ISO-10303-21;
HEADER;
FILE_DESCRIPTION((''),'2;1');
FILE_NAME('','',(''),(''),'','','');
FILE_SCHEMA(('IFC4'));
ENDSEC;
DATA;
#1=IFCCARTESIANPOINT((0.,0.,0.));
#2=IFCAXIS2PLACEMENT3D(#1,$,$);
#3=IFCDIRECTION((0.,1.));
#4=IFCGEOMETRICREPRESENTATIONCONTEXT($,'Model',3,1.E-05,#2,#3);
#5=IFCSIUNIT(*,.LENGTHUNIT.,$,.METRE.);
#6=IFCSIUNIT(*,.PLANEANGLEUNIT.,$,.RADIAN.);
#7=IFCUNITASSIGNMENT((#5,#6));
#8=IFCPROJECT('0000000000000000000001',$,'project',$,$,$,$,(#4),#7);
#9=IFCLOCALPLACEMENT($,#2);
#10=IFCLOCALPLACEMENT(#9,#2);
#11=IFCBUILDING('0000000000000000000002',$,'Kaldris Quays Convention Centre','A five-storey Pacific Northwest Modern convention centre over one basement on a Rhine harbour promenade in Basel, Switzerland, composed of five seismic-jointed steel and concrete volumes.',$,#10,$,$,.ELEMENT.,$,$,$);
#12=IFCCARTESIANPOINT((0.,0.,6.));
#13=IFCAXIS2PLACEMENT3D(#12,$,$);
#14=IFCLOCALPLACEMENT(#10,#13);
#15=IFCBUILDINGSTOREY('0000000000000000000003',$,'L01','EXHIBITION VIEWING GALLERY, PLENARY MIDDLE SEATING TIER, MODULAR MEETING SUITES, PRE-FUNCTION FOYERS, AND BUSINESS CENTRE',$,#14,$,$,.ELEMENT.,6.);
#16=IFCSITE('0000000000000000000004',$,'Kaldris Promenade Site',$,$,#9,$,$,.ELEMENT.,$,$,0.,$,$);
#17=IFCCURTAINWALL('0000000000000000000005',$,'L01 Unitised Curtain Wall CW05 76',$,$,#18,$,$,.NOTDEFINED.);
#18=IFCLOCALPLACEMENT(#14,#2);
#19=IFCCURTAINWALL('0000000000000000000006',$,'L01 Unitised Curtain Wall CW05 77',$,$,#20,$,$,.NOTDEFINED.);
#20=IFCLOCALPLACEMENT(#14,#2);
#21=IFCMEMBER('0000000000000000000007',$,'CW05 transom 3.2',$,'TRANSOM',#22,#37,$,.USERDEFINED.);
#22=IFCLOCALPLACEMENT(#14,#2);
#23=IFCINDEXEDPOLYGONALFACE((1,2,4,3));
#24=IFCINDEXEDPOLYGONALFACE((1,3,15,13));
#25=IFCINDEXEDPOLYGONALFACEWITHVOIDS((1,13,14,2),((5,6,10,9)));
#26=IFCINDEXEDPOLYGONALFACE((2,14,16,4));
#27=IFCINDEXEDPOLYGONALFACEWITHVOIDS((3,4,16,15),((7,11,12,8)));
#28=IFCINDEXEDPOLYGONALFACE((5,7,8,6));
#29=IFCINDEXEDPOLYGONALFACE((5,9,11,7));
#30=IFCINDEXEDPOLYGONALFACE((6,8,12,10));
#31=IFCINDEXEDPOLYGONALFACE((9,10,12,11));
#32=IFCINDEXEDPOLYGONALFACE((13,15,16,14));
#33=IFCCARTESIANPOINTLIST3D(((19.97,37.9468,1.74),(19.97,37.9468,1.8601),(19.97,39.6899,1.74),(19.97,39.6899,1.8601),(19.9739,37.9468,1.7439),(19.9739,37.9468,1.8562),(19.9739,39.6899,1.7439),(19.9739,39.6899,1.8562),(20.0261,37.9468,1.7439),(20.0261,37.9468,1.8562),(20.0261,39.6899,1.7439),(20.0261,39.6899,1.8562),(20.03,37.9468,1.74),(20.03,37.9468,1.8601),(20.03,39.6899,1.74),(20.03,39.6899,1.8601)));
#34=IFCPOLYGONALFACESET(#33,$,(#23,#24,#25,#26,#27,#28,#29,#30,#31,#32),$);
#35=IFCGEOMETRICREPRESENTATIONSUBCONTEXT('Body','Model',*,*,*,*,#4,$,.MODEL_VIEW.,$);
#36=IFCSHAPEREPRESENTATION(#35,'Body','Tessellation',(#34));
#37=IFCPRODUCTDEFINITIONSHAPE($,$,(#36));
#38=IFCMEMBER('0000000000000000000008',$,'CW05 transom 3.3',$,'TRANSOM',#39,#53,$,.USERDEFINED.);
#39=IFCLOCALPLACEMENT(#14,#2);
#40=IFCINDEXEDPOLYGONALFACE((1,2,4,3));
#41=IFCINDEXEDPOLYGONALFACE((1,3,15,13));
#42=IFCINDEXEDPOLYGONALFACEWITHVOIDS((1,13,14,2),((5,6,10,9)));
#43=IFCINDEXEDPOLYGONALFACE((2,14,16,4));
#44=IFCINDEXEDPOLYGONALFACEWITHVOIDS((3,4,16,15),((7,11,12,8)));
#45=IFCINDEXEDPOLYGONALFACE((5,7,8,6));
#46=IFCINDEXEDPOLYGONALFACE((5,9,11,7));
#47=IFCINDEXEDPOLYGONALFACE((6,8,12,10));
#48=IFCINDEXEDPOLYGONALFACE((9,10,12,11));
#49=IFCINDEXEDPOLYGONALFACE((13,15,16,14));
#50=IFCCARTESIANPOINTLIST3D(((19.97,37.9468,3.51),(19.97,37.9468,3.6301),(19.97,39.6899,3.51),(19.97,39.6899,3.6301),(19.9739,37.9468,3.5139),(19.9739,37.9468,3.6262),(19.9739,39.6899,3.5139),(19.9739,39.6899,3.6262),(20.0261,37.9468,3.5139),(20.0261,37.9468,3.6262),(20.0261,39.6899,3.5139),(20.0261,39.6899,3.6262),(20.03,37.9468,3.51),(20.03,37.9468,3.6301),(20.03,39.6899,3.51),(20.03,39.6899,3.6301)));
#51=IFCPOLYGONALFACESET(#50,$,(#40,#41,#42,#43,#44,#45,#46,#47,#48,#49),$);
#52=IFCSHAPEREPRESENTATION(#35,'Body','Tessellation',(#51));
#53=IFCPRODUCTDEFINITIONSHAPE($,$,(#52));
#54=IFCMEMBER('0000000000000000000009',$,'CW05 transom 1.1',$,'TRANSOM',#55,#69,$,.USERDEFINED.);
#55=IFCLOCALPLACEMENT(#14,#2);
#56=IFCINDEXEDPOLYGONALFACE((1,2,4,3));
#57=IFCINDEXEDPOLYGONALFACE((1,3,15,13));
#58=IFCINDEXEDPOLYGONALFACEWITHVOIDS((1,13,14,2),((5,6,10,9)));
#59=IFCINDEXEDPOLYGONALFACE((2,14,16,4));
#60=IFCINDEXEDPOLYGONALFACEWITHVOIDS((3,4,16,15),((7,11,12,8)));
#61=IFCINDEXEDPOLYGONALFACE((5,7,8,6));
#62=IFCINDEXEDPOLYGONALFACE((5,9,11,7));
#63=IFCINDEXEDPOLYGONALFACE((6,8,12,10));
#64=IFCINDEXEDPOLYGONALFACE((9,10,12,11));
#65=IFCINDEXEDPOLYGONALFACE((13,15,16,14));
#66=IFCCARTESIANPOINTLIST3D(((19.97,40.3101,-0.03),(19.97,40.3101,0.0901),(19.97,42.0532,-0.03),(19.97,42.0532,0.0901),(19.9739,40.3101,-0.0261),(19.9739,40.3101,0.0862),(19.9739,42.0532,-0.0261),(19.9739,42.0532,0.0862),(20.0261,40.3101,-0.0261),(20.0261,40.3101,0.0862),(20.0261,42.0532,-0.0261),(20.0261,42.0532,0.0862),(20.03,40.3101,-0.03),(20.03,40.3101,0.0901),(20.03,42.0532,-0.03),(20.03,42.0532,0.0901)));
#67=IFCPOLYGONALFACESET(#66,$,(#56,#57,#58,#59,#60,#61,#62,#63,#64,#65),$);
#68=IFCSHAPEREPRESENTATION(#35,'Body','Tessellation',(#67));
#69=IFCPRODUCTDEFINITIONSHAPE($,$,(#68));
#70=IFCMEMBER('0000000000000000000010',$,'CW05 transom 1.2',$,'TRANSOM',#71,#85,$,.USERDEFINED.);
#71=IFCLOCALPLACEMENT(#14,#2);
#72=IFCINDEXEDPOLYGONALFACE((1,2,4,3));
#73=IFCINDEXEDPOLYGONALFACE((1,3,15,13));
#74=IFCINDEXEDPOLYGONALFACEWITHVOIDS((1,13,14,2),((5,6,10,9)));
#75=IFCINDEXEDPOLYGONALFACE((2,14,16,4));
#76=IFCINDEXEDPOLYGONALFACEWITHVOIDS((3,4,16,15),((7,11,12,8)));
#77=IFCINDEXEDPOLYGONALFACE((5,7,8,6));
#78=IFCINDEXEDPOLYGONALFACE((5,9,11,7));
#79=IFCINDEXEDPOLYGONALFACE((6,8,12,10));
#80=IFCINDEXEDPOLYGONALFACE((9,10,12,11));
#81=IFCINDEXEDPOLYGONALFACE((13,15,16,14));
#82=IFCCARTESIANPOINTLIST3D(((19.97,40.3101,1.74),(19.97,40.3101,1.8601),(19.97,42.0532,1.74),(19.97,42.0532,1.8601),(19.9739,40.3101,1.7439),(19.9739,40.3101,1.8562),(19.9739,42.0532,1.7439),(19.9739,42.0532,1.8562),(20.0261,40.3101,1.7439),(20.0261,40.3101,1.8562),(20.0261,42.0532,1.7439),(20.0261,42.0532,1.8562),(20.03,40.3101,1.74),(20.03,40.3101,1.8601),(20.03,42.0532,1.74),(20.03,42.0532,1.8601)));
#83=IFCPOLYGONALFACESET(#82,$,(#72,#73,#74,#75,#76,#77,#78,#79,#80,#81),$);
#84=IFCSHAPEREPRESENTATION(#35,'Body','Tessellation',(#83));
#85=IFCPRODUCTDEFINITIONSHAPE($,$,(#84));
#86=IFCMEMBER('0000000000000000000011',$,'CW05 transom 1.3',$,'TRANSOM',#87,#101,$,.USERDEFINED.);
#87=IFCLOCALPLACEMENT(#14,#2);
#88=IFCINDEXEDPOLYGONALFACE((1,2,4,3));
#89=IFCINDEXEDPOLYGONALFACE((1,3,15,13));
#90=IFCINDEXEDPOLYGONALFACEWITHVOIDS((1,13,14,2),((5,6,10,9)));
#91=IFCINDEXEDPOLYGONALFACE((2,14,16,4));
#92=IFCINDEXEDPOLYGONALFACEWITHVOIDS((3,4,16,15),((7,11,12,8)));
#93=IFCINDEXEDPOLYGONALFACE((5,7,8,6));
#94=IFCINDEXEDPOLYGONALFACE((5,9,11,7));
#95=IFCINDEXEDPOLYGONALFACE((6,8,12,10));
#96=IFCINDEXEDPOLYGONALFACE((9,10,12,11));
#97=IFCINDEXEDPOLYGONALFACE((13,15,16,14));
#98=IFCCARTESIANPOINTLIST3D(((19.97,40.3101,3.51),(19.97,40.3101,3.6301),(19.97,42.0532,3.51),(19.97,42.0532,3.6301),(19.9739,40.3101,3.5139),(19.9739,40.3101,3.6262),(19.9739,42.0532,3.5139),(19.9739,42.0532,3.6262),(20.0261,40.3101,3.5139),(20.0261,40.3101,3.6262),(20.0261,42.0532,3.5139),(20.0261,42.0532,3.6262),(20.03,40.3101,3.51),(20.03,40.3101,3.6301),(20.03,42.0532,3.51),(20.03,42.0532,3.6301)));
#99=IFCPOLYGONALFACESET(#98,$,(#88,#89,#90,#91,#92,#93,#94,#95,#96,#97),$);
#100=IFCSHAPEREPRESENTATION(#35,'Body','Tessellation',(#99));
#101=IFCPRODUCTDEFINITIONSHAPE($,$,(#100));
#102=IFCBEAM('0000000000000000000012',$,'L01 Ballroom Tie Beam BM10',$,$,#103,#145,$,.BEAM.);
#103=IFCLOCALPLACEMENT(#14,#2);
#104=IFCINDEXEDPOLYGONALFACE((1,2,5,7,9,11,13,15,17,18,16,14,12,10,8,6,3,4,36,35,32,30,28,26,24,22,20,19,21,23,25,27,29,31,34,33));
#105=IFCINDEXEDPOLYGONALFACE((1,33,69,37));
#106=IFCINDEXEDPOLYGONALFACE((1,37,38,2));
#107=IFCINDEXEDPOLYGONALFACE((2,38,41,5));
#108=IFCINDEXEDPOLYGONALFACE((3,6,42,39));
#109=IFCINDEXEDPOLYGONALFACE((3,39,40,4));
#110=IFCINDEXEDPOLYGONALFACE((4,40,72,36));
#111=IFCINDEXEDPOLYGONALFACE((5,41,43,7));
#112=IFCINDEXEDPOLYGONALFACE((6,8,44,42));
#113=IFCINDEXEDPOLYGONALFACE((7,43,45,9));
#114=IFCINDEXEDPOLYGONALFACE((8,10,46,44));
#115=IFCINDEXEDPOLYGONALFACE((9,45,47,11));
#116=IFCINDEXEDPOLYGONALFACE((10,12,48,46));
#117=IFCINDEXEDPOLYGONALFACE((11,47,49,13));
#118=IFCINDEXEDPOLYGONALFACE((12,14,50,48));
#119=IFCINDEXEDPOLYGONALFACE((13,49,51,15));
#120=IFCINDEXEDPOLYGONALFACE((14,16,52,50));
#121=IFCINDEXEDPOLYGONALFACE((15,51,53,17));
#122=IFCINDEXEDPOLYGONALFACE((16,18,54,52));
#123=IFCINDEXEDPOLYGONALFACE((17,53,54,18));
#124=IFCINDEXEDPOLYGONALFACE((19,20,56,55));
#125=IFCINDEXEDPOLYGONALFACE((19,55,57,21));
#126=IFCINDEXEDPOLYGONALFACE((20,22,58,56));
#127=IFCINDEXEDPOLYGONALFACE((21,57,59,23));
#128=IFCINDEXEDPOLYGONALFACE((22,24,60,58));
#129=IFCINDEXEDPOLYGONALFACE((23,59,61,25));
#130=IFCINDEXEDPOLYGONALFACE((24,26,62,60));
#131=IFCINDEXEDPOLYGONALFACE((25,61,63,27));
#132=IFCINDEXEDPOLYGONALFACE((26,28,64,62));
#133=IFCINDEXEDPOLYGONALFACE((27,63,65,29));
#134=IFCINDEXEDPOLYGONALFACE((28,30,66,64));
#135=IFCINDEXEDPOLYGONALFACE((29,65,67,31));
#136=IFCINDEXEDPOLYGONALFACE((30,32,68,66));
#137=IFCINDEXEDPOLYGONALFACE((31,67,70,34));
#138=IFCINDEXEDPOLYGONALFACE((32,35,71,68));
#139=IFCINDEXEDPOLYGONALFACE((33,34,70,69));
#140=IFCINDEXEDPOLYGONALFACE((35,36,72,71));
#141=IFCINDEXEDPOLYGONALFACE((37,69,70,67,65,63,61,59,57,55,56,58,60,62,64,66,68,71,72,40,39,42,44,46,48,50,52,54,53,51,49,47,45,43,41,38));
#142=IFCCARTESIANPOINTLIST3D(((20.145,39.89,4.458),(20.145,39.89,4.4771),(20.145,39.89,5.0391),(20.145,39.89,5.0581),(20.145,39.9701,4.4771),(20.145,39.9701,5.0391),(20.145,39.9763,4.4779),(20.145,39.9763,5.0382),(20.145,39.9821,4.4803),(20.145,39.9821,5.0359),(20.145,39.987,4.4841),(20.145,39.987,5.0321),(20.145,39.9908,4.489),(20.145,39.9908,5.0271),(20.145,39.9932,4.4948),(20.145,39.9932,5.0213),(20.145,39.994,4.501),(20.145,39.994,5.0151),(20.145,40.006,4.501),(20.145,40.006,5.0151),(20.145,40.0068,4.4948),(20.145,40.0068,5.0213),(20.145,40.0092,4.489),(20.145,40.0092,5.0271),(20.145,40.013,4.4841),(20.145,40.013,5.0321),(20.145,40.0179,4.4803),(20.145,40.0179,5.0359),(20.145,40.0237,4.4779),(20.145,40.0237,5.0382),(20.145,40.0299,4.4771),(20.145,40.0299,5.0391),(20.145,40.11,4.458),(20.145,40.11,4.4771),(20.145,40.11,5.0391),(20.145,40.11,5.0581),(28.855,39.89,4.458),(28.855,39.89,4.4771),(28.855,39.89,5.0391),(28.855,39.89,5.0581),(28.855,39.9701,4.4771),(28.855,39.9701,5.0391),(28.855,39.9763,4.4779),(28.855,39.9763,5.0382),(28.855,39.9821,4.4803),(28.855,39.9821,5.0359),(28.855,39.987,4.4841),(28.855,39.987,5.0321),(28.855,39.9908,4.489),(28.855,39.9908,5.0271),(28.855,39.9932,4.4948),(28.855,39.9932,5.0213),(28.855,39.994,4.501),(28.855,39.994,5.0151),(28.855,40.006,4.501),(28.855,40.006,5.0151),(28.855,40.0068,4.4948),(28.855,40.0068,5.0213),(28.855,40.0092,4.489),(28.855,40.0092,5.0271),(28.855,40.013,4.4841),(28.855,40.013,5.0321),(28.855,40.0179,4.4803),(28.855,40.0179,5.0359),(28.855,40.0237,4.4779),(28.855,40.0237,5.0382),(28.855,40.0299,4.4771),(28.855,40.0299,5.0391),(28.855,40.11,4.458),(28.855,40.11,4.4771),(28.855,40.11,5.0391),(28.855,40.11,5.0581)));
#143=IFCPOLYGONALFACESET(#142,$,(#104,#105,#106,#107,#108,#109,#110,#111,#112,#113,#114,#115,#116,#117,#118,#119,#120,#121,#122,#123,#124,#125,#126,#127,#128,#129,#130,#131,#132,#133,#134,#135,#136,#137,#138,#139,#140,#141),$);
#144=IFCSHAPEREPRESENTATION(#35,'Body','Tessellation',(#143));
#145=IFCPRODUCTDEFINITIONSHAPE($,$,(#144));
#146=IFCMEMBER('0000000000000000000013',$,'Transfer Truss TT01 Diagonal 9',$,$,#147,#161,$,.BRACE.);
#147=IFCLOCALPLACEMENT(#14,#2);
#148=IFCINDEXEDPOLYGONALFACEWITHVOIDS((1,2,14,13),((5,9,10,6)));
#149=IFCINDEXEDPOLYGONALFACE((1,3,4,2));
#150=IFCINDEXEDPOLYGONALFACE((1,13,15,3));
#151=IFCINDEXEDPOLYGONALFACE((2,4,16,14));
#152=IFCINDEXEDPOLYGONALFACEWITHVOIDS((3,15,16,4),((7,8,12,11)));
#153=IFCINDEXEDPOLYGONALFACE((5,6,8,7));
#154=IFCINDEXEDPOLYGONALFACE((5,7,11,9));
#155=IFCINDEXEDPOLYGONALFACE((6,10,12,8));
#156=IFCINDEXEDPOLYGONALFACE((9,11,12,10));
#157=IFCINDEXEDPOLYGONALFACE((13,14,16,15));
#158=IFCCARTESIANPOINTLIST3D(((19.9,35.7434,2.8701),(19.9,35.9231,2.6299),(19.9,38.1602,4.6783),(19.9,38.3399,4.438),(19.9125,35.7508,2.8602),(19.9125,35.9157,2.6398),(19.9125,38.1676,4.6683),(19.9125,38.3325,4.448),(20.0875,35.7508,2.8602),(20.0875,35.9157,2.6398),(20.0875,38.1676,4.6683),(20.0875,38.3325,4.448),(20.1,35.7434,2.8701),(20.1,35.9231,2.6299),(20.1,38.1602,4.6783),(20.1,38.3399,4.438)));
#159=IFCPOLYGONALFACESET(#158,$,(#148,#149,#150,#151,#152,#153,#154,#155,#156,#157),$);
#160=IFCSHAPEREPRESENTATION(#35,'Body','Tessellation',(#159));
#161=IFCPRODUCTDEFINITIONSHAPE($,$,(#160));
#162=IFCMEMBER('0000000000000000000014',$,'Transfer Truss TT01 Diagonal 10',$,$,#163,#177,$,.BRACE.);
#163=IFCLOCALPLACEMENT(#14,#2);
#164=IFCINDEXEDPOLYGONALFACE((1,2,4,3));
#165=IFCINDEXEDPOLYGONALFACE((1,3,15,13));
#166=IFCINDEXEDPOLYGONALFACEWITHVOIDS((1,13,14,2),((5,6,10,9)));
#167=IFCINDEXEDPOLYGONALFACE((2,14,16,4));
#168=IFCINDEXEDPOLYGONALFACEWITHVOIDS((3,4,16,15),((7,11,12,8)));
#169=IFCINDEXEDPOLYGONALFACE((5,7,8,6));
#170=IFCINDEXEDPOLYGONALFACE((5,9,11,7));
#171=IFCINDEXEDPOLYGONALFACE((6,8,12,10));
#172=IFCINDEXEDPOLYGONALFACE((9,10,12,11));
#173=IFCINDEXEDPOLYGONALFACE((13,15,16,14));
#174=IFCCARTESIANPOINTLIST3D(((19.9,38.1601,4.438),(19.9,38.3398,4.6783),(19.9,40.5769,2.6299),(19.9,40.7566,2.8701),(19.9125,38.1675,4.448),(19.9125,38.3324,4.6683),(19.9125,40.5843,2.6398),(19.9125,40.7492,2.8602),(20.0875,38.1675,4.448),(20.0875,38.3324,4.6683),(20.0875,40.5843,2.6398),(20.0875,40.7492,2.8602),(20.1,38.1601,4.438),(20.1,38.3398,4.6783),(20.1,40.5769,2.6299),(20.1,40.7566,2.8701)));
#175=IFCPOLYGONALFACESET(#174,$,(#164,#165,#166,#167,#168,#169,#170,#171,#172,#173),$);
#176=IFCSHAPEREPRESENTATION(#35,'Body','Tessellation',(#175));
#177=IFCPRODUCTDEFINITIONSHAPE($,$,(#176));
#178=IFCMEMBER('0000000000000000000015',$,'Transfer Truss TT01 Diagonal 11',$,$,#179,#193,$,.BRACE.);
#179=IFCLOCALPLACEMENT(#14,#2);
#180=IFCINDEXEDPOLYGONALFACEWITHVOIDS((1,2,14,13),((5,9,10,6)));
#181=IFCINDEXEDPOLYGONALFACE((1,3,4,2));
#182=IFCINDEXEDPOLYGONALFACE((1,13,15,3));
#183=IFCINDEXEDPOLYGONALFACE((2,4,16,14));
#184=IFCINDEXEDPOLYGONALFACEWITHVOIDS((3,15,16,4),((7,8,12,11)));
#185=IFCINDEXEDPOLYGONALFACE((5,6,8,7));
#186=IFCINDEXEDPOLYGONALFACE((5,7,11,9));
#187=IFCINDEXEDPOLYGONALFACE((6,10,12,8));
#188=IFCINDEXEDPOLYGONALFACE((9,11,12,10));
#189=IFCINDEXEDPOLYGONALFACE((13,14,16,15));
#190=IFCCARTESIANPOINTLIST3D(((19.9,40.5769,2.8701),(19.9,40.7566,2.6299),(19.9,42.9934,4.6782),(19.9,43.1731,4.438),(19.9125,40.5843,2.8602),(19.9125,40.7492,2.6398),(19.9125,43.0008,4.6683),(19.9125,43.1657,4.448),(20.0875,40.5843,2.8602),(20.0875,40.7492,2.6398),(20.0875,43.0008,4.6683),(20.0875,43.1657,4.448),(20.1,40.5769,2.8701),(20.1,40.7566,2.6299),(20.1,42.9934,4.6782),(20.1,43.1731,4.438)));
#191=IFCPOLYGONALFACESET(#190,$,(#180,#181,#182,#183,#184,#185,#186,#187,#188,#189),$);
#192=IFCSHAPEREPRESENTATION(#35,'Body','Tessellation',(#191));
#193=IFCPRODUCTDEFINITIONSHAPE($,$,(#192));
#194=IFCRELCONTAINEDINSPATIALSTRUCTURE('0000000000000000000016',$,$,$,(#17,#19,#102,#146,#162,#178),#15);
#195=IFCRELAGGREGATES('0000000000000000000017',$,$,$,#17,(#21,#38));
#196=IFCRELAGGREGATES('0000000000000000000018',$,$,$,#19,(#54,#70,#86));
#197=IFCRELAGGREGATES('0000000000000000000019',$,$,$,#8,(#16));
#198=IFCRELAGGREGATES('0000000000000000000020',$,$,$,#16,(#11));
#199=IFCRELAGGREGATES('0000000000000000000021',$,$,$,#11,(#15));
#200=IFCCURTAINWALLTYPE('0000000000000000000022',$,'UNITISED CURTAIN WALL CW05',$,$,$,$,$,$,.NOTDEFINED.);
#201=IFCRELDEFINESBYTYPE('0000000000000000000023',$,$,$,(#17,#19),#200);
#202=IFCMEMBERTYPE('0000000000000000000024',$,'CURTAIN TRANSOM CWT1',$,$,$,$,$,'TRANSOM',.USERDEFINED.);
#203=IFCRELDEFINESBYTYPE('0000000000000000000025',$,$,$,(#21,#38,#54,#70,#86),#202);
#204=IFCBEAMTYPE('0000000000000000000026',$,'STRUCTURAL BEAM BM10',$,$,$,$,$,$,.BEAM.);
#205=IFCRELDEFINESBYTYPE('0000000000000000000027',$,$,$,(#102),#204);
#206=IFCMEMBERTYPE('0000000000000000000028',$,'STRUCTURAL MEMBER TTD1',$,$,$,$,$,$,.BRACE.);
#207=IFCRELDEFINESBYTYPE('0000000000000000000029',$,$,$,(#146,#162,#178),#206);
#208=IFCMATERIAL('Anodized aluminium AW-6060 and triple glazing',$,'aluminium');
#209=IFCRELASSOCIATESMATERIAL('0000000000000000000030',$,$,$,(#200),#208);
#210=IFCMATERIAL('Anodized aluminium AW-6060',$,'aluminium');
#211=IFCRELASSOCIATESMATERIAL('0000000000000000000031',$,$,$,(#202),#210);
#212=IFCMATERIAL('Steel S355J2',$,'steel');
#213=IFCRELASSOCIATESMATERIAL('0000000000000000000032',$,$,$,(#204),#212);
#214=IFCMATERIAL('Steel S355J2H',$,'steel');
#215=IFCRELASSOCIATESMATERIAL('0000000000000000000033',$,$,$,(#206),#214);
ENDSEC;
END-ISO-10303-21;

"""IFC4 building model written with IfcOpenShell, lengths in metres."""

from ifc_helpers import new_model, si_unit, direction, frame, origin, origin_2d, place, context, subcontext, project, spatial, hollow_rectangle, i_section, extrude, material, material_profile, profile_set, type_object, element, aggregate, save


model = new_model("IFC4")

# Units and contexts
model_context = context("Model", 3, precision=1e-05, world=origin(), true_north=direction((0.0, 1.0)))
body_context = subcontext(model_context, "Body", "Model", "MODEL_VIEW")
ifc_project = project(units=[si_unit("LENGTHUNIT", "METRE"), si_unit("PLANEANGLEUNIT", "RADIAN")], contexts=[model_context])

# Site, building, storey
site_placement = place(None, origin())
site = spatial("IfcSite", under=ifc_project, at=site_placement, Name="Kaldris Promenade Site", CompositionType="ELEMENT", RefElevation=0.0)
building_placement = place(site_placement, origin())
building = spatial("IfcBuilding", under=site, at=building_placement, Name="Kaldris Quays Convention Centre", Description="A five-storey Pacific Northwest Modern convention centre over one basement on a Rhine harbour promenade in Basel, Switzerland, composed of five seismic-jointed steel and concrete volumes.", CompositionType="ELEMENT")
storey_placement = place(building_placement, frame((0.0, 0.0, 6.0)))
storey = spatial("IfcBuildingStorey", under=building, at=storey_placement, Name="L01", Description="EXHIBITION VIEWING GALLERY, PLENARY MIDDLE SEATING TIER, MODULAR MEETING SUITES, PRE-FUNCTION FOYERS, AND BUSINESS CENTRE", CompositionType="ELEMENT", Elevation=6.0)

# Curtain wall
ifc_material_1 = material(Name="Anodized aluminium AW-6060 and triple glazing", Category="aluminium")
curtain_wall_type = type_object("IfcCurtainWallType", Name="UNITISED CURTAIN WALL CW05", PredefinedType="NOTDEFINED", material=ifc_material_1)
curtain_wall_1_placement = place(storey_placement, origin())
curtain_wall_1 = element("IfcCurtainWall", 1, at=curtain_wall_1_placement, inside=storey, type_object=curtain_wall_type, Name="L01 Unitised Curtain Wall CW05 76", PredefinedType="NOTDEFINED")
ifc_material_2 = material(Name="Anodized aluminium AW-6060", Category="aluminium")

# Curtain wall
curtain_wall_2_placement = place(storey_placement, origin())
curtain_wall_2 = element("IfcCurtainWall", 2, at=curtain_wall_2_placement, inside=storey, type_object=curtain_wall_type, Name="L01 Unitised Curtain Wall CW05 77", PredefinedType="NOTDEFINED")

# Members
ifc_material_profile_1 = material_profile(ifc_material_2, hollow_rectangle(XDim=0.0601, YDim=0.1201, WallThickness=0.0039, at=origin_2d()), Name="RHS 120x60x4")
ifc_profile_set_1 = profile_set([ifc_material_profile_1], Name="Anodized aluminium AW-6060")
member_type_1 = type_object("IfcMemberType", Name="CURTAIN TRANSOM CWT1", ElementType="TRANSOM", PredefinedType="USERDEFINED", material=ifc_profile_set_1)
member_1_placement = place(storey_placement, frame((20.0, 37.9468, 1.8), z_axis=(0.0, 1.0, 0.0), x_axis=(-1.0, 0.0, 0.0)))
member_1 = element("IfcMember", 3, at=member_1_placement, type_object=member_type_1, Name="CW05 transom 3.2", ObjectType="TRANSOM", PredefinedType="USERDEFINED", context=body_context, shape_type="SweptSolid", body=[
    extrude(hollow_rectangle(XDim=0.0601, YDim=0.1201, WallThickness=0.0039, at=origin_2d()), origin(), (0.0, 0.0, 1.0), 1.7432),
])
member_2_placement = place(storey_placement, frame((20.0, 37.9468, 3.5701), z_axis=(0.0, 1.0, 0.0), x_axis=(-1.0, 0.0, 0.0)))
member_2 = element("IfcMember", 4, at=member_2_placement, type_object=member_type_1, Name="CW05 transom 3.3", ObjectType="TRANSOM", PredefinedType="USERDEFINED", context=body_context, shape_type="SweptSolid", body=[
    extrude(hollow_rectangle(XDim=0.0601, YDim=0.1201, WallThickness=0.0039, at=origin_2d()), origin(), (0.0, 0.0, 1.0), 1.7432),
])
member_3_placement = place(storey_placement, frame((20.0, 40.3101, 0.03), z_axis=(0.0, 1.0, 0.0), x_axis=(-1.0, 0.0, 0.0)))
member_3 = element("IfcMember", 5, at=member_3_placement, type_object=member_type_1, Name="CW05 transom 1.1", ObjectType="TRANSOM", PredefinedType="USERDEFINED", context=body_context, shape_type="SweptSolid", body=[
    extrude(hollow_rectangle(XDim=0.0601, YDim=0.1201, WallThickness=0.0039, at=origin_2d()), origin(), (0.0, 0.0, 1.0), 1.7432),
])
member_4_placement = place(storey_placement, frame((20.0, 40.3101, 1.8), z_axis=(0.0, 1.0, 0.0), x_axis=(-1.0, 0.0, 0.0)))
member_4 = element("IfcMember", 6, at=member_4_placement, type_object=member_type_1, Name="CW05 transom 1.2", ObjectType="TRANSOM", PredefinedType="USERDEFINED", context=body_context, shape_type="SweptSolid", body=[
    extrude(hollow_rectangle(XDim=0.0601, YDim=0.1201, WallThickness=0.0039, at=origin_2d()), origin(), (0.0, 0.0, 1.0), 1.7432),
])
member_5_placement = place(storey_placement, frame((20.0, 40.3101, 3.5701), z_axis=(0.0, 1.0, 0.0), x_axis=(-1.0, 0.0, 0.0)))
member_5 = element("IfcMember", 7, at=member_5_placement, type_object=member_type_1, Name="CW05 transom 1.3", ObjectType="TRANSOM", PredefinedType="USERDEFINED", context=body_context, shape_type="SweptSolid", body=[
    extrude(hollow_rectangle(XDim=0.0601, YDim=0.1201, WallThickness=0.0039, at=origin_2d()), origin(), (0.0, 0.0, 1.0), 1.7432),
])

# Beam
ifc_material_3 = material(Name="Steel S355J2", Category="steel")
ifc_material_profile_2 = material_profile(ifc_material_3, i_section(OverallWidth=0.22, OverallDepth=0.6001, WebThickness=0.012, FlangeThickness=0.019, FilletRadius=0.0239, at=origin_2d()), Name="IPE 600")
ifc_profile_set_2 = profile_set([ifc_material_profile_2], Name="Steel S355J2")
beam_type = type_object("IfcBeamType", Name="STRUCTURAL BEAM BM10", PredefinedType="BEAM", material=ifc_profile_set_2)
beam_placement = place(storey_placement, frame((20.145, 40.0, 4.7581), z_axis=(1.0, 0.0, 0.0), x_axis=(0.0, 1.0, 0.0)))
element("IfcBeam", 8, at=beam_placement, inside=storey, type_object=beam_type, Name="L01 Ballroom Tie Beam BM10", PredefinedType="BEAM", context=body_context, shape_type="SweptSolid", body=[
    extrude(i_section(OverallWidth=0.22, OverallDepth=0.6001, WebThickness=0.012, FlangeThickness=0.019, FilletRadius=0.0239, at=origin_2d()), origin(), (0.0, 0.0, 1.0), 8.71),
])

# Members
ifc_material_4 = material(Name="Steel S355J2H", Category="steel")
ifc_material_profile_3 = material_profile(ifc_material_4, hollow_rectangle(XDim=0.2, YDim=0.3, WallThickness=0.0125, at=origin_2d()), Name="RHS 300x200x12.5")
ifc_profile_set_3 = profile_set([ifc_material_profile_3], Name="Steel S355J2H")
member_type_2 = type_object("IfcMemberType", Name="STRUCTURAL MEMBER TTD1", PredefinedType="BRACE", material=ifc_profile_set_3)
for number, where, z_axis, x_axis, name in (
    (9, (20.0, 35.8333, 2.75), (0.0, 0.800708, 0.599055), (-1.0, 0.0, 0.0), "Transfer Truss TT01 Diagonal 9"),
    (10, (20.0, 40.6667, 2.75), (0.0, -0.800708, 0.599055), (1.0, 0.0, 0.0), "Transfer Truss TT01 Diagonal 10"),
):
    element("IfcMember", number, at=place(storey_placement, frame(where, z_axis=z_axis, x_axis=x_axis)), inside=storey, type_object=member_type_2, Name=name, PredefinedType="BRACE", context=body_context, shape_type="SweptSolid", body=[
        extrude(hollow_rectangle(XDim=0.2, YDim=0.3, WallThickness=0.0125, at=origin_2d()), origin(), (0.0, 0.0, 1.0), 3.0183),
    ])
member_6_placement = place(storey_placement, frame((20.0, 40.6667, 2.75), z_axis=(0.0, 0.800679, 0.599094), x_axis=(-1.0, 0.0, 0.0)))
element("IfcMember", 11, at=member_6_placement, inside=storey, type_object=member_type_2, Name="Transfer Truss TT01 Diagonal 11", PredefinedType="BRACE", context=body_context, shape_type="SweptSolid", body=[
    extrude(hollow_rectangle(XDim=0.2, YDim=0.3, WallThickness=0.0125, at=origin_2d()), origin(), (0.0, 0.0, 1.0), 3.0181),
])

aggregate(curtain_wall_1, [member_1, member_2])
aggregate(curtain_wall_2, [member_3, member_4, member_5])

save(model, "model.ifc")
